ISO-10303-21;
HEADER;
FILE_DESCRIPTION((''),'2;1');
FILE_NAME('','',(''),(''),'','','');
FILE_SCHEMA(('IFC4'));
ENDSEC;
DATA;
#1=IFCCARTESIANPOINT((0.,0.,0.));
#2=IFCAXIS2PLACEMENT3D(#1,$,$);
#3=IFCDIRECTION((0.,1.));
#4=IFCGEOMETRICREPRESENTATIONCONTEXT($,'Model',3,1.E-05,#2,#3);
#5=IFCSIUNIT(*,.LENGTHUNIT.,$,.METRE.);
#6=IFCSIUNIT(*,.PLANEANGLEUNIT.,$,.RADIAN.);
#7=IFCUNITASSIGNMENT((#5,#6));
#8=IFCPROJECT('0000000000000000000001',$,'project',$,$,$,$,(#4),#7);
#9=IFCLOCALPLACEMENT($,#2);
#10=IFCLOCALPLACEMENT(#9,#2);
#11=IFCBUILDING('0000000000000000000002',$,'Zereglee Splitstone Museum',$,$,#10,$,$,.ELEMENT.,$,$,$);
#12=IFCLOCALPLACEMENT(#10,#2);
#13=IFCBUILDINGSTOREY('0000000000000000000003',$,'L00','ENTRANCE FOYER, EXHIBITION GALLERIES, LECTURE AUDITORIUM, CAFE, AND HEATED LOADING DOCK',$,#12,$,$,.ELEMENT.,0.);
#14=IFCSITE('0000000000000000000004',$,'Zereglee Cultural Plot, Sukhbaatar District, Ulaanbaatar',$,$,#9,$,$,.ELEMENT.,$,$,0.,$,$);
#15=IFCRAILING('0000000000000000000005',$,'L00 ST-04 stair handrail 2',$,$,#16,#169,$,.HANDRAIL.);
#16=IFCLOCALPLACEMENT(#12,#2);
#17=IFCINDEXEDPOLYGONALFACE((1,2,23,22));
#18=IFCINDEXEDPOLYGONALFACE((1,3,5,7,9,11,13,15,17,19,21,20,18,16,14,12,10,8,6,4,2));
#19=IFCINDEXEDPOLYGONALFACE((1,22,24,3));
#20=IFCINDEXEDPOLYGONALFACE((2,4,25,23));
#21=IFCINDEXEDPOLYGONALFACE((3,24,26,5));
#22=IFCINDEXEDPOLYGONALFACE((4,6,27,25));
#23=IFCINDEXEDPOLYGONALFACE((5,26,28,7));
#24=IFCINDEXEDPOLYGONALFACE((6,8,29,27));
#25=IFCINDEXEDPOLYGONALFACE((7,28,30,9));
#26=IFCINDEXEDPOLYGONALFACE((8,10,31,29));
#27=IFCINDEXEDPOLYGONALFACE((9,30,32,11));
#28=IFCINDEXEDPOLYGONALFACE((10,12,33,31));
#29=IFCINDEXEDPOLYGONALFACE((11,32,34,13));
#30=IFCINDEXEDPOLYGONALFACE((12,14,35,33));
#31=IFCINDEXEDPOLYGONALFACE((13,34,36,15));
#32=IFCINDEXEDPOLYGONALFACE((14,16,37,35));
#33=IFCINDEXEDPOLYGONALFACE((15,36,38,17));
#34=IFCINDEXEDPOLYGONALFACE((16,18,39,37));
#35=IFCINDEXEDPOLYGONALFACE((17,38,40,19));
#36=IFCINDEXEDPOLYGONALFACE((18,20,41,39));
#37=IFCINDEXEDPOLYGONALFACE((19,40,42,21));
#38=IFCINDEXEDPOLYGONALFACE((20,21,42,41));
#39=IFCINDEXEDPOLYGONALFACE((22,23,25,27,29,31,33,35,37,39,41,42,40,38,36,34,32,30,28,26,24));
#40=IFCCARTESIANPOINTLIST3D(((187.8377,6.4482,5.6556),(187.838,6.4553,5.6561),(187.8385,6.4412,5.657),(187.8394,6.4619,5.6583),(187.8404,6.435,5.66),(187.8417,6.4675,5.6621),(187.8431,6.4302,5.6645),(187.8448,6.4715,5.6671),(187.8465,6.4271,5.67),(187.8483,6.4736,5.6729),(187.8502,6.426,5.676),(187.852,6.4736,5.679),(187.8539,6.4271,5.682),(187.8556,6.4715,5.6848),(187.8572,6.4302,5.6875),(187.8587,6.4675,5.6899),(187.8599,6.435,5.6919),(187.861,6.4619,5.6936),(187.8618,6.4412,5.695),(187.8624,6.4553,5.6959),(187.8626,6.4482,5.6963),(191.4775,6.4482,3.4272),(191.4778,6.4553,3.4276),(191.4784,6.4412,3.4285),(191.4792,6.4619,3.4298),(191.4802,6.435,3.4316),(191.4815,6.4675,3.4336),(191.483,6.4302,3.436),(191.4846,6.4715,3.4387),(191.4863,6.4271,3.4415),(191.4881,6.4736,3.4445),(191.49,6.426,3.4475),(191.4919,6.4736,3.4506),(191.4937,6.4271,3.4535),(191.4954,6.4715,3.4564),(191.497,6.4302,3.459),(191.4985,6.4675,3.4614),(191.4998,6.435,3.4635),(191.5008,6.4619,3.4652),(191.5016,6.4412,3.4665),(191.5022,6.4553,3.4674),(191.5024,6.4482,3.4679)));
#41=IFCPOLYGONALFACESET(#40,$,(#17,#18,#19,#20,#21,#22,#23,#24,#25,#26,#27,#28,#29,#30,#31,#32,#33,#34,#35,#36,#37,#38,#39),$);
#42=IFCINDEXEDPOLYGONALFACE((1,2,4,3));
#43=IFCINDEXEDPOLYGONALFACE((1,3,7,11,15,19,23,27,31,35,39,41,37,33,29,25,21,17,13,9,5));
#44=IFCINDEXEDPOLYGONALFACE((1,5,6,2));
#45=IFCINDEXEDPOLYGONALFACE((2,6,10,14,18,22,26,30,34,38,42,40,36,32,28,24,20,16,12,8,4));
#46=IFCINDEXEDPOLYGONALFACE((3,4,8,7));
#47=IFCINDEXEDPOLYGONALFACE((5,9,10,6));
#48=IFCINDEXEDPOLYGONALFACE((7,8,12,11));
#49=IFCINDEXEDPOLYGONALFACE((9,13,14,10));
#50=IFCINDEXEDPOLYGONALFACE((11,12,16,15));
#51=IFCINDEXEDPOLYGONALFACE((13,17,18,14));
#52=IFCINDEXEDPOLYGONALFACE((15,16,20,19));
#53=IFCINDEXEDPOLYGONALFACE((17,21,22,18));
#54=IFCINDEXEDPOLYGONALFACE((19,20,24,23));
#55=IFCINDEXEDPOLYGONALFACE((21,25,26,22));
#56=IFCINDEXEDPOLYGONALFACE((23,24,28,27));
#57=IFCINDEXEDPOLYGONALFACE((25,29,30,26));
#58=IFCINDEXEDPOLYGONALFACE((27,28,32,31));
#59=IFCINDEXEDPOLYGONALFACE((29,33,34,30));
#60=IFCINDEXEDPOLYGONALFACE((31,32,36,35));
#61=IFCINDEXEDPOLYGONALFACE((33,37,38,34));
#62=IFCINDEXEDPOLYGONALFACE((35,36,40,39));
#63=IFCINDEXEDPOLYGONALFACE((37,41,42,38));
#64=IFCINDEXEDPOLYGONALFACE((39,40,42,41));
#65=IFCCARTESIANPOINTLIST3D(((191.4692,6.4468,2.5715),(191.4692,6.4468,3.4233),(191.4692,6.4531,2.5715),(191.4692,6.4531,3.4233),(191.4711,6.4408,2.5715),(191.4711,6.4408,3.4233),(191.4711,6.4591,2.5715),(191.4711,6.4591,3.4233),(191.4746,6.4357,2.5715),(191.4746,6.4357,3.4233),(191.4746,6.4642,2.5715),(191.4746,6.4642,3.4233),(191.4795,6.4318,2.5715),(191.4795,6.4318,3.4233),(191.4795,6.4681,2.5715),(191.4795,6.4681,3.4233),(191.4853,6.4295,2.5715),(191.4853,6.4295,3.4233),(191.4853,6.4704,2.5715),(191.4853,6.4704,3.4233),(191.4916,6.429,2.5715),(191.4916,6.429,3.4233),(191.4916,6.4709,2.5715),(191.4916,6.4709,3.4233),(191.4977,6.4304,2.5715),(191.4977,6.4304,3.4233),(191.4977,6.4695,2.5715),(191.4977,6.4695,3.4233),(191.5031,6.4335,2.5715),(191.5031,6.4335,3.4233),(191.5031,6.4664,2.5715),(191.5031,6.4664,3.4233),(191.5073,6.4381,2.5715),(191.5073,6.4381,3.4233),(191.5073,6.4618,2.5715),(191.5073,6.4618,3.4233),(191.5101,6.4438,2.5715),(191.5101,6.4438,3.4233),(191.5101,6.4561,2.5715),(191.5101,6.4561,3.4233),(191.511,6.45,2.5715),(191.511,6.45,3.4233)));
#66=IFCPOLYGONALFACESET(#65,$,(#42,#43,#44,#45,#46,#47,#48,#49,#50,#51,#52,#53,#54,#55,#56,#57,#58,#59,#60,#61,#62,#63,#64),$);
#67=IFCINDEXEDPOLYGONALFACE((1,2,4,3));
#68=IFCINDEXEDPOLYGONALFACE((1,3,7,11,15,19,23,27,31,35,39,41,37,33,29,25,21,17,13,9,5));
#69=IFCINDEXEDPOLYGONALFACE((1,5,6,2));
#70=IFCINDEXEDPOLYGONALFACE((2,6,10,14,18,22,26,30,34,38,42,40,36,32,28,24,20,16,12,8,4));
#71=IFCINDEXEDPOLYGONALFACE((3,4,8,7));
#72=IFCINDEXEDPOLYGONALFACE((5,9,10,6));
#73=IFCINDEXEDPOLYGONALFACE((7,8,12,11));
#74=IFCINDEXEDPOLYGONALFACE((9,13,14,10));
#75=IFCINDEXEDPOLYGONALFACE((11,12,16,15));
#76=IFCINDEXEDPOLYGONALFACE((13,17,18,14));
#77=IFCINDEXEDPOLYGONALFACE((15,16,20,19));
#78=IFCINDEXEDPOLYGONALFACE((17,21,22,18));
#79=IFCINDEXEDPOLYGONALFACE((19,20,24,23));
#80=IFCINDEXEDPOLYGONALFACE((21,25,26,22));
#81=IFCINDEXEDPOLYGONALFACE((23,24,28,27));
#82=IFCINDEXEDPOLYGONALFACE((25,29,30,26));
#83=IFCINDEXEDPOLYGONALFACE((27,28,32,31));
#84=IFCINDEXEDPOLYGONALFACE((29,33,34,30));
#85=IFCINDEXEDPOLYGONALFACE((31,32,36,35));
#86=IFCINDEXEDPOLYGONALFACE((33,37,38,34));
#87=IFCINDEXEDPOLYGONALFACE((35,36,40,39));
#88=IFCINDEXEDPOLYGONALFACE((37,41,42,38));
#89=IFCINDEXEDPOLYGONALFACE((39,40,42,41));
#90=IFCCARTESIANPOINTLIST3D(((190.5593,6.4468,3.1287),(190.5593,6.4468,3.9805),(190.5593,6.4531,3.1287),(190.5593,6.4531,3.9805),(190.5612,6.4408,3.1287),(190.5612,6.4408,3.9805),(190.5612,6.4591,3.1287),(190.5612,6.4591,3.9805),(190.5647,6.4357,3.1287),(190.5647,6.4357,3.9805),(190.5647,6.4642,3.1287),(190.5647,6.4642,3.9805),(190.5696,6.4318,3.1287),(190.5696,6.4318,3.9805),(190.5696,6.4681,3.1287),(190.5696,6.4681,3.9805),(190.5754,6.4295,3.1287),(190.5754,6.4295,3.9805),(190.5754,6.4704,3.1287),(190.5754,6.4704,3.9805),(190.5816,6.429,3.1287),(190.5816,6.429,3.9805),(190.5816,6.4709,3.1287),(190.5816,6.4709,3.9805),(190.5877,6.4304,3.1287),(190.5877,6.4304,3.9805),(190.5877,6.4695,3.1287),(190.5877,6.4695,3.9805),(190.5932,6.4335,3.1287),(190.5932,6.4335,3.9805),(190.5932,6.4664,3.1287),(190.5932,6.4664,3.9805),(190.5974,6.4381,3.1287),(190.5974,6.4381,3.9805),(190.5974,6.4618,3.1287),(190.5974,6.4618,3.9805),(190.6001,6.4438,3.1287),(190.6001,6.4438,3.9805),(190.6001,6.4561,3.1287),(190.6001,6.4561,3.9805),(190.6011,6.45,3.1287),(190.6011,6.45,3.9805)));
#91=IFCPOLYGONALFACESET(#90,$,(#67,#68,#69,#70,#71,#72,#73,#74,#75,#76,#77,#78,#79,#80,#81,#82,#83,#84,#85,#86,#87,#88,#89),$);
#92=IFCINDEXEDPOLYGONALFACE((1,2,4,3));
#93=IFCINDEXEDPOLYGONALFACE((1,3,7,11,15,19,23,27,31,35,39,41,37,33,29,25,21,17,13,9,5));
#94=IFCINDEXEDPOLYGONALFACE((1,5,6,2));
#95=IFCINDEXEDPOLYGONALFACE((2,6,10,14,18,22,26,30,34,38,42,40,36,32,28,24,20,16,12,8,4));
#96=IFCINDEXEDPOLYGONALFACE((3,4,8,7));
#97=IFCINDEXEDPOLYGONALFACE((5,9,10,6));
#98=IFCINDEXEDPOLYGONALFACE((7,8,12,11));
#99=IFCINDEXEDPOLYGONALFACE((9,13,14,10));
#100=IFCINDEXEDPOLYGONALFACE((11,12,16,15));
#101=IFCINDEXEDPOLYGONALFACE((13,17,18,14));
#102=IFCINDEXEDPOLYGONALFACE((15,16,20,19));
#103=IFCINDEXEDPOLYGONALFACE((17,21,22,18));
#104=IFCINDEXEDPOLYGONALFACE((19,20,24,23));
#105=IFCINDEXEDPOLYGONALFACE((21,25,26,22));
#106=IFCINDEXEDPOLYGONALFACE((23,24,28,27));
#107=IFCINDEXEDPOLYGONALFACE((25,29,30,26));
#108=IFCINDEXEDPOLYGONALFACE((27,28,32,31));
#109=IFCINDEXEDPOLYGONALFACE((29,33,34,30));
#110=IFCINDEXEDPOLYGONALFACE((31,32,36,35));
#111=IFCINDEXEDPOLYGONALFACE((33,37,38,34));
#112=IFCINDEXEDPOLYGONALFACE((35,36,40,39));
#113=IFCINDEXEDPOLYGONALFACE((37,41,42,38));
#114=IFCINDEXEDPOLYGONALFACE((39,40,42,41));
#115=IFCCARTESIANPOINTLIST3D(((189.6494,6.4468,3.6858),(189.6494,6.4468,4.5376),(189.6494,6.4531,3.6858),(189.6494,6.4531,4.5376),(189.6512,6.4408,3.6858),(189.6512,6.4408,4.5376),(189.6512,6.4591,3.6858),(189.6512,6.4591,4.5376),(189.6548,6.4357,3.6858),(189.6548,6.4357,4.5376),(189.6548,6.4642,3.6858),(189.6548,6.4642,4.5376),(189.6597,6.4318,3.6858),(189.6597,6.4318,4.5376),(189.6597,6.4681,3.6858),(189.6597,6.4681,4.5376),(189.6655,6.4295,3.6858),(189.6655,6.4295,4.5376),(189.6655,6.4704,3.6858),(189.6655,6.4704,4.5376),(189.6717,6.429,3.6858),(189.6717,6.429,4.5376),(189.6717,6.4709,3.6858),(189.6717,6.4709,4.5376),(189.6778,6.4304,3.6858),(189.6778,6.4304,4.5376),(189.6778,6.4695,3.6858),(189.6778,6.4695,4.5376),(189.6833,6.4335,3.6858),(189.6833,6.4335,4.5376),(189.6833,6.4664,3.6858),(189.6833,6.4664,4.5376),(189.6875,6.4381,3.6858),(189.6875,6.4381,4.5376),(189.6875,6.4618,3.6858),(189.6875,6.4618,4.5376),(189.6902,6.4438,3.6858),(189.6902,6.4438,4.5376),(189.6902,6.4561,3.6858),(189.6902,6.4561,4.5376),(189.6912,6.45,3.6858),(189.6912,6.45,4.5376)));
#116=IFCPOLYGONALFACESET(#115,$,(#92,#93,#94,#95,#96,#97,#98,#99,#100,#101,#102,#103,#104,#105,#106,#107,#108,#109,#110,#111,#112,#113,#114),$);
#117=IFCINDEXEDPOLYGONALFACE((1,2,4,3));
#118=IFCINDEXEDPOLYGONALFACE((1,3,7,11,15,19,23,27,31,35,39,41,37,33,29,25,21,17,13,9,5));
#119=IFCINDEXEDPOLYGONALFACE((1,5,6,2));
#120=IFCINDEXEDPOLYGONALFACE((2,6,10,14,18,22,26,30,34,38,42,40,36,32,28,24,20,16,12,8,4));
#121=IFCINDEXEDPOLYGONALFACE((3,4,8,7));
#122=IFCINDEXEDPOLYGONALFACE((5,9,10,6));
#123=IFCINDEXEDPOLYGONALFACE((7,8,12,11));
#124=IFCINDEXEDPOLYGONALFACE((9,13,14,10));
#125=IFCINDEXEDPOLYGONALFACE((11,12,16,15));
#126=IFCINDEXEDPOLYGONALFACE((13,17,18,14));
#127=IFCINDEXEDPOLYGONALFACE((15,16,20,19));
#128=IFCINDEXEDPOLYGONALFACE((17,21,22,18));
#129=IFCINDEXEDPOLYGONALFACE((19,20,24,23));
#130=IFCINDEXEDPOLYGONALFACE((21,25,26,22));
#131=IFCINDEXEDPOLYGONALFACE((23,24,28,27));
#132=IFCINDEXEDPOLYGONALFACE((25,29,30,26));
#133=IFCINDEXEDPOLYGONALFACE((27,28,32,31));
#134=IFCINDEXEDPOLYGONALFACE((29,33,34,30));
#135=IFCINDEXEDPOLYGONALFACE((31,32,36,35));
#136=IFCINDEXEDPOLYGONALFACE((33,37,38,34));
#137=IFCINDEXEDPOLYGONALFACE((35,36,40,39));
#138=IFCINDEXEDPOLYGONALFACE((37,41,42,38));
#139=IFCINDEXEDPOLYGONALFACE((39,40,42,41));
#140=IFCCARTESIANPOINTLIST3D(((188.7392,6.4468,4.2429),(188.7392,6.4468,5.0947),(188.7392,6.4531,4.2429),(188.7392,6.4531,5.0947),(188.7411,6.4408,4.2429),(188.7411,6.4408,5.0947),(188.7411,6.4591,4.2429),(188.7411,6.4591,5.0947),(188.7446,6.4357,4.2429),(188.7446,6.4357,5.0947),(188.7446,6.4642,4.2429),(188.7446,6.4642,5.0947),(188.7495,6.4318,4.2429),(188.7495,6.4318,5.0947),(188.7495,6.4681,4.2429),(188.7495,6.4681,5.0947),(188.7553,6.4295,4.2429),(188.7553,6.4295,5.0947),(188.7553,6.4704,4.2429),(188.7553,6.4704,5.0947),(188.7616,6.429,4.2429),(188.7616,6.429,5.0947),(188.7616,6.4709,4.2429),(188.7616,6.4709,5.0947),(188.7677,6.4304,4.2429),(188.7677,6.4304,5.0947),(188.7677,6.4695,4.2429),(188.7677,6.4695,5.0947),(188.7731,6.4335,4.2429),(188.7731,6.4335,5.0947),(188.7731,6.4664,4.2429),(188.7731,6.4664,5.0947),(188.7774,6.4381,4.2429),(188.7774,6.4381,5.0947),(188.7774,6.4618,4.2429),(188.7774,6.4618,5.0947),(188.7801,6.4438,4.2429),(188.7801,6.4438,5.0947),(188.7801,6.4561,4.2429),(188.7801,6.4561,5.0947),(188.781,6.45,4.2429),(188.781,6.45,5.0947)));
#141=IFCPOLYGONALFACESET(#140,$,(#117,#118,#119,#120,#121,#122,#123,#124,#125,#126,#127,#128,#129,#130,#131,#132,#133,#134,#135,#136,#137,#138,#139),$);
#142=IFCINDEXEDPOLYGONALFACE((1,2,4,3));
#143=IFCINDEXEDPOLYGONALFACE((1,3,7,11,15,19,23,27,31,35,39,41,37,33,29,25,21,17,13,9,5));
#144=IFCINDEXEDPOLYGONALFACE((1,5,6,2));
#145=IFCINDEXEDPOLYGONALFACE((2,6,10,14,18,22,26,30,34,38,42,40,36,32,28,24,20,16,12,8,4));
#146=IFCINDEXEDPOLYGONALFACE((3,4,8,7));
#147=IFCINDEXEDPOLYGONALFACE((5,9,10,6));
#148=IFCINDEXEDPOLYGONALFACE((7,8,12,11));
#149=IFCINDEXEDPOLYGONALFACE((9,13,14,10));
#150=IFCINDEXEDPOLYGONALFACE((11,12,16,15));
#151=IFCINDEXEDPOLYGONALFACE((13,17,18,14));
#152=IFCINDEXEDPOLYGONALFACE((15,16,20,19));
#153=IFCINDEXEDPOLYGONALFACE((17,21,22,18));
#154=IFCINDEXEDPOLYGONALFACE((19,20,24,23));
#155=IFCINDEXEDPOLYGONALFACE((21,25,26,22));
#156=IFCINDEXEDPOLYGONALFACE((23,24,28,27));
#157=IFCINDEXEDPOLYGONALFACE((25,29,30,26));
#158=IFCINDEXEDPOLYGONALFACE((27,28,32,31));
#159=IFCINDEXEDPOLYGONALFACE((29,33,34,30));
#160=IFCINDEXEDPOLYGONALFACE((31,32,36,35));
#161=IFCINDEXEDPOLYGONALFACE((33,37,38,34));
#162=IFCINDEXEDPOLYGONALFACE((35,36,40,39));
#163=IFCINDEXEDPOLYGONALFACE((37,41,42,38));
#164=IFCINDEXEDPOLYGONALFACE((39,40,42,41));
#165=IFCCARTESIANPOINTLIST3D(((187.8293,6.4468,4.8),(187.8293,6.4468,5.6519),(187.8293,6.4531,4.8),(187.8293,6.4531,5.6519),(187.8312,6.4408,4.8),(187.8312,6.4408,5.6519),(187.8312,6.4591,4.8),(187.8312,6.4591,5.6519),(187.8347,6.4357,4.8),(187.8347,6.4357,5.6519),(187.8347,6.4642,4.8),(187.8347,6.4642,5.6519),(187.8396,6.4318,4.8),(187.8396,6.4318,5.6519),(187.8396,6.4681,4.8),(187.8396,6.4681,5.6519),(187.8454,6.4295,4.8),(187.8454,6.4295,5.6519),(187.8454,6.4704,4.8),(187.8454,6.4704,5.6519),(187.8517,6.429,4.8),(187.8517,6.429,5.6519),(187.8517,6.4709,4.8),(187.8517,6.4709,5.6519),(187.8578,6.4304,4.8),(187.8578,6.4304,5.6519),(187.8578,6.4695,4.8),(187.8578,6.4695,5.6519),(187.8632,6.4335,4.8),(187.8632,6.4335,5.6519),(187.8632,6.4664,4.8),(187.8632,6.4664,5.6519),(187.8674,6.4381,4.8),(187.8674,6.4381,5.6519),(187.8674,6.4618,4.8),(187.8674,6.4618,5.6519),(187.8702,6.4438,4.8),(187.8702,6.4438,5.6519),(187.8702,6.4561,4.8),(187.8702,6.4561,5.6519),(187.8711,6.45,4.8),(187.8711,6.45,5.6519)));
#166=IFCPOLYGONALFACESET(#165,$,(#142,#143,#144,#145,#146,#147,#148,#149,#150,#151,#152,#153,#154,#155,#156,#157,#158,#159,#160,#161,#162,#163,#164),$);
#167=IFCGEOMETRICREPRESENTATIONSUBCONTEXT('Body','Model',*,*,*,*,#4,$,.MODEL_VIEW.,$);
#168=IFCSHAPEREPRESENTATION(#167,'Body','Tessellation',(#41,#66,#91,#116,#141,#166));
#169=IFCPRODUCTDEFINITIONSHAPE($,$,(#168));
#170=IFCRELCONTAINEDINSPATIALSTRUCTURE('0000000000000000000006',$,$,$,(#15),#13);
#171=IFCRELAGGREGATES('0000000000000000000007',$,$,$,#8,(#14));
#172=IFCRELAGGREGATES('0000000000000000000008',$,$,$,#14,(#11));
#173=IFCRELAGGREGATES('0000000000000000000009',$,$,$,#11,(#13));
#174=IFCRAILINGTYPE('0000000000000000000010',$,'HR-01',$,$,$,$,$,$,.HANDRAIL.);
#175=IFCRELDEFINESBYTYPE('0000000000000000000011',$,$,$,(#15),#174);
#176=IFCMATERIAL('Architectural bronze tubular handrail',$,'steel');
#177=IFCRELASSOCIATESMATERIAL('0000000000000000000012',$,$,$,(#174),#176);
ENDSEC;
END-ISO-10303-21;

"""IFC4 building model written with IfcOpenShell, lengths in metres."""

from ifc_helpers import new_model, si_unit, direction, frame, origin, origin_2d, place, context, subcontext, project, spatial, circle, extrude, material, type_object, element, save


model = new_model("IFC4")

# Units and contexts
model_context = context("Model", 3, precision=1e-05, world=origin(), true_north=direction((0.0, 1.0)))
body_context = subcontext(model_context, "Body", "Model", "MODEL_VIEW")
ifc_project = project(units=[si_unit("LENGTHUNIT", "METRE"), si_unit("PLANEANGLEUNIT", "RADIAN")], contexts=[model_context])

# Site, building, storey
site_placement = place(None, origin())
site = spatial("IfcSite", under=ifc_project, at=site_placement, Name="Zereglee Cultural Plot, Sukhbaatar District, Ulaanbaatar", CompositionType="ELEMENT", RefElevation=0.0)
building_placement = place(site_placement, origin())
building = spatial("IfcBuilding", under=site, at=building_placement, Name="Zereglee Splitstone Museum", CompositionType="ELEMENT")
storey_placement = place(building_placement, origin())
storey = spatial("IfcBuildingStorey", under=building, at=storey_placement, Name="L00", Description="ENTRANCE FOYER, EXHIBITION GALLERIES, LECTURE AUDITORIUM, CAFE, AND HEATED LOADING DOCK", CompositionType="ELEMENT", Elevation=0.0)

# Railing
ifc_material_1 = material(Name="Architectural bronze tubular handrail", Category="steel")
railing_type_1 = type_object("IfcRailingType", Name="HR-01", PredefinedType="HANDRAIL", material=ifc_material_1)
railing_1_placement = place(storey_placement, frame((191.49, 6.45, 2.5715)))
element("IfcRailing", 1, at=railing_1_placement, inside=storey, type_object=railing_type_1, Name="L00 ST-04 stair handrail 2", PredefinedType="HANDRAIL", context=body_context, shape_type="SweptSolid", body=[
    extrude(circle(Radius=0.0239, at=origin_2d()), frame((0.0, 0.0, 0.876), z_axis=(-0.85285, 0.0, 0.522156), x_axis=(0.0, -1.0, 0.0)), (0.0, 0.0, 1.0), 4.2678),
    extrude(circle(Radius=0.021, at=origin_2d()), origin(), (0.0, 0.0, 1.0), 0.8518),
    extrude(circle(Radius=0.021, at=origin_2d()), frame((-0.9099, 0.0, 0.5571)), (0.0, 0.0, 1.0), 0.8518),
    extrude(circle(Radius=0.021, at=origin_2d()), frame((-1.8198, 0.0, 1.1143)), (0.0, 0.0, 1.0), 0.8518),
    extrude(circle(Radius=0.021, at=origin_2d()), frame((-2.73, 0.0, 1.6714)), (0.0, 0.0, 1.0), 0.8518),
    extrude(circle(Radius=0.021, at=origin_2d()), frame((-3.6399, 0.0, 2.2285)), (0.0, 0.0, 1.0), 0.8518),
])

save(model, "model.ifc")
